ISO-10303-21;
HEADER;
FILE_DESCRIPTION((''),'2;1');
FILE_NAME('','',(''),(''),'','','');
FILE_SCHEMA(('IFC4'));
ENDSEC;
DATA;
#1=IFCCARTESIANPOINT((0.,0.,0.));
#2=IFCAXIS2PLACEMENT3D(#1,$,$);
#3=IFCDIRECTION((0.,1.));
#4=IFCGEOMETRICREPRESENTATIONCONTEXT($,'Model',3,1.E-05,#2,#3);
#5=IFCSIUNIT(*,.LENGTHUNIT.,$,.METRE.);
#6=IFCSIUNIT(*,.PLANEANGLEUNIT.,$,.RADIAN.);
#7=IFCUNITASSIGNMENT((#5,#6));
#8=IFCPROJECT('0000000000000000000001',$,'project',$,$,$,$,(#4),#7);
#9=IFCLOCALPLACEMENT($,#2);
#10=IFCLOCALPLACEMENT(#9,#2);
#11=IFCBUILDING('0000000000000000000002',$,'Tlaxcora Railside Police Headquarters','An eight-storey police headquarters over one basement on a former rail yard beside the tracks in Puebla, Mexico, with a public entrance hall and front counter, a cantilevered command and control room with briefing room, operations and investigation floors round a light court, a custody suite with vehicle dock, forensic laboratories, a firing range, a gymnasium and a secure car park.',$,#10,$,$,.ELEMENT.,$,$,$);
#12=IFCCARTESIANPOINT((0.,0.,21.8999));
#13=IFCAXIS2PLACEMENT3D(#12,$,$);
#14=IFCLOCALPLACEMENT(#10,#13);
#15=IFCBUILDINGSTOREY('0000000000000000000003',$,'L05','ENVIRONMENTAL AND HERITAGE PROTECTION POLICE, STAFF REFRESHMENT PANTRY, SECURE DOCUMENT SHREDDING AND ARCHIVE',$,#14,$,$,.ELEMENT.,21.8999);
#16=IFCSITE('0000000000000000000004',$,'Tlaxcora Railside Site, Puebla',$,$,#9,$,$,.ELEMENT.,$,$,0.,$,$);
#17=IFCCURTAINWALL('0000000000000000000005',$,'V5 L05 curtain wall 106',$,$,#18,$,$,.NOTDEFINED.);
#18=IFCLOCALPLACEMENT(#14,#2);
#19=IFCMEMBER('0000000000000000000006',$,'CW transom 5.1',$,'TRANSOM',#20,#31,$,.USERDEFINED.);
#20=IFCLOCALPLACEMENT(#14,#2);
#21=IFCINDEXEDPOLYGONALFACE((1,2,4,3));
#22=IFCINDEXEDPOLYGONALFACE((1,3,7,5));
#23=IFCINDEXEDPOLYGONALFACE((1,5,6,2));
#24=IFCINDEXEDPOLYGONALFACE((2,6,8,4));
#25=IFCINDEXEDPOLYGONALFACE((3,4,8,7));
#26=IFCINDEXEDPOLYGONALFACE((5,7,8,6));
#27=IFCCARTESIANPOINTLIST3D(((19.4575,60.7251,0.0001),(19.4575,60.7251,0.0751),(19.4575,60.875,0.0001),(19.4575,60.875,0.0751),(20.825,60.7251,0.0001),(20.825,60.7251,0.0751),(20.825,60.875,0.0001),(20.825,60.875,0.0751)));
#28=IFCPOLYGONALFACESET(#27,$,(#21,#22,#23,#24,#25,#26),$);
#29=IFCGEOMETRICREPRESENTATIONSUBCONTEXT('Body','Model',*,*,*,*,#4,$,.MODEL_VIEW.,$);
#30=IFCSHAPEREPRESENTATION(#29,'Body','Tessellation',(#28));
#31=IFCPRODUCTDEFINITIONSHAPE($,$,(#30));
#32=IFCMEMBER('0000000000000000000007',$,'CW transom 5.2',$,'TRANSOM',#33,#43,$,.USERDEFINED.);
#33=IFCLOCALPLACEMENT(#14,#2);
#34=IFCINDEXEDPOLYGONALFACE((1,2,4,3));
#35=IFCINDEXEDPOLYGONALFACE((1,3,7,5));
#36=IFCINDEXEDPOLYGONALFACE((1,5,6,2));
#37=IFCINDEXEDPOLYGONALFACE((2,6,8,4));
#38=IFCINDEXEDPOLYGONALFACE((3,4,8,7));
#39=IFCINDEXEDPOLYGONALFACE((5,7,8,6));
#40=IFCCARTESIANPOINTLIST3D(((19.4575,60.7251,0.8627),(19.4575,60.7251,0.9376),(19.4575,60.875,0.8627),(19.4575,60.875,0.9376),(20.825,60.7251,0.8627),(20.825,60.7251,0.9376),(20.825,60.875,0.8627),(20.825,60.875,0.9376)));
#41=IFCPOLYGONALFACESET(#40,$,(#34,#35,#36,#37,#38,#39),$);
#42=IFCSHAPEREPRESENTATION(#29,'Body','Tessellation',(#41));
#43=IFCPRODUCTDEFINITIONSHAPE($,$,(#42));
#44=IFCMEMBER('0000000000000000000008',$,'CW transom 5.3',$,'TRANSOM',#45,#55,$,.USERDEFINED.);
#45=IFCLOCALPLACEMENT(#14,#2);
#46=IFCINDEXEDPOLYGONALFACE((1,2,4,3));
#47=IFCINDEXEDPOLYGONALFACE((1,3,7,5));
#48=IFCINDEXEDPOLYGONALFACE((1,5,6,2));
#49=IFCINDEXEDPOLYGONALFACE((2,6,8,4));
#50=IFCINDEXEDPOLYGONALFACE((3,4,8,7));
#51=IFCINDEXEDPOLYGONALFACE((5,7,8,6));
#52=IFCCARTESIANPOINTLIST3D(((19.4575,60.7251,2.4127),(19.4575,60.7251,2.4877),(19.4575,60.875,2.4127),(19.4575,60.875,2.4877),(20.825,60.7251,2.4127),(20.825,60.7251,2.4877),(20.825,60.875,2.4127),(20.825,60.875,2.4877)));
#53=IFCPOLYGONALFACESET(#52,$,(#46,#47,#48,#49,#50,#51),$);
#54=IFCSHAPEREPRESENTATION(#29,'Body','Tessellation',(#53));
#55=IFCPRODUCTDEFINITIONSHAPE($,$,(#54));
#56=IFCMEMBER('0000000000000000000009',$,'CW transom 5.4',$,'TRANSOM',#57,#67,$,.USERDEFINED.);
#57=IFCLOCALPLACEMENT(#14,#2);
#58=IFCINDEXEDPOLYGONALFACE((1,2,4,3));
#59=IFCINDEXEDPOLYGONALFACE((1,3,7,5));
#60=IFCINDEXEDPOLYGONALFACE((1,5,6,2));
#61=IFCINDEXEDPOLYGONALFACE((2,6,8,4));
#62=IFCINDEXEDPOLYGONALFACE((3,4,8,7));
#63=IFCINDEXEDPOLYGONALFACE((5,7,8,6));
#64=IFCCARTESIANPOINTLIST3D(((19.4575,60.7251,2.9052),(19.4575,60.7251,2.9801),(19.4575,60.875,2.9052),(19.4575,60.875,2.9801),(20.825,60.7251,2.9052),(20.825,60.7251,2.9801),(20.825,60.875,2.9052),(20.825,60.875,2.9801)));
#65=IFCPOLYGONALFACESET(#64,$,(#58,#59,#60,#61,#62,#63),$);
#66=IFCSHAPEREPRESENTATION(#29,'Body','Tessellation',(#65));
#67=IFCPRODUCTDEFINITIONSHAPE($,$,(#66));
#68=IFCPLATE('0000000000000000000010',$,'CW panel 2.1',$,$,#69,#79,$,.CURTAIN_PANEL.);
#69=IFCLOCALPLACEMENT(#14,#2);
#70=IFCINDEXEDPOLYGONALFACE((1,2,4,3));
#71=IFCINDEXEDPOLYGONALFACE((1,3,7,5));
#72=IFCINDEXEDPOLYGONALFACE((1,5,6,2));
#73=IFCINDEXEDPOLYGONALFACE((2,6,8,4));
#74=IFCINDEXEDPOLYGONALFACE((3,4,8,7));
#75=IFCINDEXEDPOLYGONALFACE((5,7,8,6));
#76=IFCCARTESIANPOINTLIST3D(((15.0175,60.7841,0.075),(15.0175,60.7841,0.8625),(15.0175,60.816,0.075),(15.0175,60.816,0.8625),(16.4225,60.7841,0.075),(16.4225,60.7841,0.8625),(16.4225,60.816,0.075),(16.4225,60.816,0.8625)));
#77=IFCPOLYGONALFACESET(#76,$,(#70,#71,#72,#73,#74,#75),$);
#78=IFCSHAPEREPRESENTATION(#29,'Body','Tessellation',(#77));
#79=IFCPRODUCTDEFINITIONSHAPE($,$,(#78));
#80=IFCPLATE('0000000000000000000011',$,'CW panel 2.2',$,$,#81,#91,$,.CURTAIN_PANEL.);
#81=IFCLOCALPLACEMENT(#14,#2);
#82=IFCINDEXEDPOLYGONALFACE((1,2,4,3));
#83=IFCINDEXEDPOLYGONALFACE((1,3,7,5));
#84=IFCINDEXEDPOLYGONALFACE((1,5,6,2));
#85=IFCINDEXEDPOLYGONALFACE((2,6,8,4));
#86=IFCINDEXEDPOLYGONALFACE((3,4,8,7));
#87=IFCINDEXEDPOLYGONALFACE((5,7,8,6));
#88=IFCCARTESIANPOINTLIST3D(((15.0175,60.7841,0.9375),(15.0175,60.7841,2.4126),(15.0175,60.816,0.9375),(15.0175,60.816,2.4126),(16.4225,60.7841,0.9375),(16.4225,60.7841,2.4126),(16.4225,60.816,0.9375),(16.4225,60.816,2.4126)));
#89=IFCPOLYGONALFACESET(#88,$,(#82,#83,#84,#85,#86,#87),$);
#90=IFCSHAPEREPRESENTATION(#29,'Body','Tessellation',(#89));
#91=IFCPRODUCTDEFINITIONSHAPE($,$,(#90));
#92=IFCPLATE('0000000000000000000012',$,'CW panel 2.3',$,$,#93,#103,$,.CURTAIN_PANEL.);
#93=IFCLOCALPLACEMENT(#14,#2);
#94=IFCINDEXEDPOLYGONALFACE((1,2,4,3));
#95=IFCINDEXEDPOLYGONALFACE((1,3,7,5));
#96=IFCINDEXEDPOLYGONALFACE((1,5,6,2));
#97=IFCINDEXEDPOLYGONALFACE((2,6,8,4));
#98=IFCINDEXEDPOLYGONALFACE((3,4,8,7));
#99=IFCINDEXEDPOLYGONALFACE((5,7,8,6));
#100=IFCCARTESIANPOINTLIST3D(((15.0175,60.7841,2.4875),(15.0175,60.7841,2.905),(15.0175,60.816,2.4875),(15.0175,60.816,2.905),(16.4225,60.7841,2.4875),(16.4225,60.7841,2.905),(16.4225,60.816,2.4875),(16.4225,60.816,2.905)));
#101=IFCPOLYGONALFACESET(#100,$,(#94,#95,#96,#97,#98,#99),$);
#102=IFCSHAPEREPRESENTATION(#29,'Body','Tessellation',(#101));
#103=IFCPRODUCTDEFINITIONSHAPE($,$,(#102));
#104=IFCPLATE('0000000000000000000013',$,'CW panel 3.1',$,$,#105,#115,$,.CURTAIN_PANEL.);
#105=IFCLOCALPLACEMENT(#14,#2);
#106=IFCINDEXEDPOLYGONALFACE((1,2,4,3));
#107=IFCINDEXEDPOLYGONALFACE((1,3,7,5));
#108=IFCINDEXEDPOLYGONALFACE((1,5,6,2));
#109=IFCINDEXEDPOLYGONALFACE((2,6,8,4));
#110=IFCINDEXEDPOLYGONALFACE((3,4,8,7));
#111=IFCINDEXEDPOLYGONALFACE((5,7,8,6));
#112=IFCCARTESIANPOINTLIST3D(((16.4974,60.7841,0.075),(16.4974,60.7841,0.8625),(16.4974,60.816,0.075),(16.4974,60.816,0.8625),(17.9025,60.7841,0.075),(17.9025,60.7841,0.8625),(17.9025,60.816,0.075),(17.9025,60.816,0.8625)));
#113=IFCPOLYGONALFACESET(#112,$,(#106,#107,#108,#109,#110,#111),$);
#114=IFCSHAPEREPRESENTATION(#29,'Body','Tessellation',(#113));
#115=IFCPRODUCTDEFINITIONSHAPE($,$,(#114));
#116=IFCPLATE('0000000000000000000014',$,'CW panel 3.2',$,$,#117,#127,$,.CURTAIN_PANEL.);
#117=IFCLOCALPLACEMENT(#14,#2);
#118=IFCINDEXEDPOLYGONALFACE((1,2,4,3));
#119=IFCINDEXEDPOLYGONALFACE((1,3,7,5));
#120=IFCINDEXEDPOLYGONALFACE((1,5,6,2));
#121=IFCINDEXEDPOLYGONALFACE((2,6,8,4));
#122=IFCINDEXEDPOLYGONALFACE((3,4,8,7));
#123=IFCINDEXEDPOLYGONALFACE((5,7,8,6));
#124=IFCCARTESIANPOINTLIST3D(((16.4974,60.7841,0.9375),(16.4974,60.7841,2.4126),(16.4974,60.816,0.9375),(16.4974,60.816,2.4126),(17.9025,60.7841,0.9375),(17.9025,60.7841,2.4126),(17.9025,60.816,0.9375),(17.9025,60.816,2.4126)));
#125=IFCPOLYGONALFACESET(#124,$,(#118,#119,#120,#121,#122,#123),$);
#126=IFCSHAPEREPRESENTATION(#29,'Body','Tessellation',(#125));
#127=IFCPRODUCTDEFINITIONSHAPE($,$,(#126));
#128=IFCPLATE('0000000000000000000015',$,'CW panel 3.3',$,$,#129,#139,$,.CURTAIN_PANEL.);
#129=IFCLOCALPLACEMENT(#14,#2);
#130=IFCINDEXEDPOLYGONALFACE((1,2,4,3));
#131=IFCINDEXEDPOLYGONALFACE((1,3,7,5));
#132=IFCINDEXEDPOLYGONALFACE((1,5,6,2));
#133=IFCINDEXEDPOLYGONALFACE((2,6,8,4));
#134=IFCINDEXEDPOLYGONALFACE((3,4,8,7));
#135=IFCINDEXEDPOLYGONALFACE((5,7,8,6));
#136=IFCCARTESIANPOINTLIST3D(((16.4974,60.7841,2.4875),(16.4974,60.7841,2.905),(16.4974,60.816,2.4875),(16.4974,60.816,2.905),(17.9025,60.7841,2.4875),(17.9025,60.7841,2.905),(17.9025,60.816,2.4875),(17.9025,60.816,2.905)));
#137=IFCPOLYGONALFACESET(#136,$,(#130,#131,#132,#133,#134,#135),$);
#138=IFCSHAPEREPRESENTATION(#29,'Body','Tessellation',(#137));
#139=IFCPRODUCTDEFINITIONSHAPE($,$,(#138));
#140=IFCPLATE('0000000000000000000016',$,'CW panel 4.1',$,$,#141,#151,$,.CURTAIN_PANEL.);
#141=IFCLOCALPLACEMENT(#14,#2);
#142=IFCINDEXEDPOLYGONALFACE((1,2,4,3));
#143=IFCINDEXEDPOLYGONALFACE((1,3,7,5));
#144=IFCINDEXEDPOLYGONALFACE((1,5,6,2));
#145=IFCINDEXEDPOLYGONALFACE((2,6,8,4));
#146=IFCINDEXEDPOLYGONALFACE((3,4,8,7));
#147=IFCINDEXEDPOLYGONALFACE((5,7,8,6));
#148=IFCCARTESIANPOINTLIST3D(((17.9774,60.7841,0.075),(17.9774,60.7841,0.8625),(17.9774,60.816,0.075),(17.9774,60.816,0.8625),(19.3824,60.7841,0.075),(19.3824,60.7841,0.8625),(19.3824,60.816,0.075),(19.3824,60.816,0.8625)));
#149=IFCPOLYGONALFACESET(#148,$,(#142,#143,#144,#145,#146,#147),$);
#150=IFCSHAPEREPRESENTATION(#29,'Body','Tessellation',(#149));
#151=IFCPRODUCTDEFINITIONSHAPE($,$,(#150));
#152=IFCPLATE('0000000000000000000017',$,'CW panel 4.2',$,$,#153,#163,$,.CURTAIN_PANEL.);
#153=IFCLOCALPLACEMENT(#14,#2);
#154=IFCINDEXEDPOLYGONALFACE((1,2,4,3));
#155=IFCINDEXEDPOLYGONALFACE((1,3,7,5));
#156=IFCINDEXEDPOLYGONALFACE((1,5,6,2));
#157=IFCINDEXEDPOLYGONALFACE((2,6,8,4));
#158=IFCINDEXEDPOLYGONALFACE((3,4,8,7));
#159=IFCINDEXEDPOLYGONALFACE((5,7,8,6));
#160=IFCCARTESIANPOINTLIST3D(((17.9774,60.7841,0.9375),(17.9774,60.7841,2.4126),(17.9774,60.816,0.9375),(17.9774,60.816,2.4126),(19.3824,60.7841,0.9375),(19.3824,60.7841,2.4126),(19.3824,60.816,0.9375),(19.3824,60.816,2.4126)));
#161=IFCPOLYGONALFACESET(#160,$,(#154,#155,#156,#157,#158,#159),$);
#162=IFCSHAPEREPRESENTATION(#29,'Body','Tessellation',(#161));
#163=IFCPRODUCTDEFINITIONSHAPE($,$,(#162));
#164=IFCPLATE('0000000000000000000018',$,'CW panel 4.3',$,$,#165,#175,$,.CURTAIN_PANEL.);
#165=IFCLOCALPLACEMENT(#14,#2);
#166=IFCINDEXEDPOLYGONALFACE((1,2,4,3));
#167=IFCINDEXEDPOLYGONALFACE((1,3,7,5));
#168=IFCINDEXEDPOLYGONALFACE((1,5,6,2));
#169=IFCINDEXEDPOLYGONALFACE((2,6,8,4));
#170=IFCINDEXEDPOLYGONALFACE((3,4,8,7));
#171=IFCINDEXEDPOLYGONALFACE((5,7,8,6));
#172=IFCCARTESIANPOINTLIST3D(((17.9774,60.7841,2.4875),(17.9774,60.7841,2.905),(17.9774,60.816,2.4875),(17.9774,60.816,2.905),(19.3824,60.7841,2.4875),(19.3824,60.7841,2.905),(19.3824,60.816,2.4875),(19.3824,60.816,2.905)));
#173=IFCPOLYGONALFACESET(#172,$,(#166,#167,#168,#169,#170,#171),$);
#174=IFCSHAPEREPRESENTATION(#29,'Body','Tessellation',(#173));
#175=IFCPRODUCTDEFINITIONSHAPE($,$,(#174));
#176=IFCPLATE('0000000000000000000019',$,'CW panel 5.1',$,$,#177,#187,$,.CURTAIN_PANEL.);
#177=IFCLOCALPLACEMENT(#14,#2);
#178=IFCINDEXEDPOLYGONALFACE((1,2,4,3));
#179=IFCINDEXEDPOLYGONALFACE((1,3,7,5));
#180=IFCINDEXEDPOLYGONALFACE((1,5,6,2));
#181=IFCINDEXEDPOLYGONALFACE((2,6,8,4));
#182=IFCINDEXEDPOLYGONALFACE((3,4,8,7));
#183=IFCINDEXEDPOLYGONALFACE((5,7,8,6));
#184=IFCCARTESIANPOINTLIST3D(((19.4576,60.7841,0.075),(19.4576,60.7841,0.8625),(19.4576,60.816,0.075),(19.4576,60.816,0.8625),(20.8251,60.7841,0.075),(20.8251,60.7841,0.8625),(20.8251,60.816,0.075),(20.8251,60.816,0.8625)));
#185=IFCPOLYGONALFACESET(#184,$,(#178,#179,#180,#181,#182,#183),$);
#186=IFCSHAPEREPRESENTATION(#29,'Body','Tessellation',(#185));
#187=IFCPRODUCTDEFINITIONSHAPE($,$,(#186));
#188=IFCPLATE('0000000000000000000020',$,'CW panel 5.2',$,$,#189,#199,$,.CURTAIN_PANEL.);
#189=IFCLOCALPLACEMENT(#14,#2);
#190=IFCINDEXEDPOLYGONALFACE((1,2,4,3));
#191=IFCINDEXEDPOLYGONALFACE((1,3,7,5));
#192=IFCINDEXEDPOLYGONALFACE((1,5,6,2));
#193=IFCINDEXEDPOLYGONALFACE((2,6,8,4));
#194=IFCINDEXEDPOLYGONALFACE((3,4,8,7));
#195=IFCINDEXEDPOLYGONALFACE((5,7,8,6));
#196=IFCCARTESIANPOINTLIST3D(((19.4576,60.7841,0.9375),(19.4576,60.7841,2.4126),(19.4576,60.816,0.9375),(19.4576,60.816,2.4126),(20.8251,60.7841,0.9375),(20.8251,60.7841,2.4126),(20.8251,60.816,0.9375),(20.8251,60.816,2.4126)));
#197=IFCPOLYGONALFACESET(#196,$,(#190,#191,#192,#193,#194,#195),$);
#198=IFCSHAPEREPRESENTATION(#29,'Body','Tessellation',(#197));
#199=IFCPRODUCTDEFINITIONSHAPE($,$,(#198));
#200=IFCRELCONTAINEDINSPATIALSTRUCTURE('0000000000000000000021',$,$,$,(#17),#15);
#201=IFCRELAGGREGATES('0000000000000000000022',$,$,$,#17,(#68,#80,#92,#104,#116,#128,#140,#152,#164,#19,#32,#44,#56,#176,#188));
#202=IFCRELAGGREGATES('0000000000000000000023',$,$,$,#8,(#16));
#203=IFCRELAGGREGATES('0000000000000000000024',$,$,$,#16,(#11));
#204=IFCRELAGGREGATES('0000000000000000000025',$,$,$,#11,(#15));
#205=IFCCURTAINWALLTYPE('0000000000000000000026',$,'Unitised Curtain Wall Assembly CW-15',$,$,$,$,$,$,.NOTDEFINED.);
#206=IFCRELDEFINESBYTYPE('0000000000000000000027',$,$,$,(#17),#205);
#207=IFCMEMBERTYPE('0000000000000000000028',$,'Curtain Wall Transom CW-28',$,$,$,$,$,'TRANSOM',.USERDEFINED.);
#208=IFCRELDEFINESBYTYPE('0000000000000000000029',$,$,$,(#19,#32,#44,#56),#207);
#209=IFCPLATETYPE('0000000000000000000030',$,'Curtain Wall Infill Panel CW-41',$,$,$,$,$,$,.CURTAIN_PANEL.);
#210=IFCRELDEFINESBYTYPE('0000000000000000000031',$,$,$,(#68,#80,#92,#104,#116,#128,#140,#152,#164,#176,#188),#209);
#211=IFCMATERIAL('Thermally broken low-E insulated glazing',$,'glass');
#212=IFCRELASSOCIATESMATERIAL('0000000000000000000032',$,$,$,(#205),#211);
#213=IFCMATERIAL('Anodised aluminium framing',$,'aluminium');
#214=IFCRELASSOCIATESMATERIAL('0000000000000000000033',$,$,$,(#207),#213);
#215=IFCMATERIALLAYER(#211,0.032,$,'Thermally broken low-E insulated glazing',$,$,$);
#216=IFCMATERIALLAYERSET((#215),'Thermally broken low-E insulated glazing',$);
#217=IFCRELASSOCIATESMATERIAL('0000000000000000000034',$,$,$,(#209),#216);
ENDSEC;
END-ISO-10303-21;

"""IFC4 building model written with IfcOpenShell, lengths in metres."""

from ifc_helpers import new_model, si_unit, direction, frame, origin, origin_2d, place, context, subcontext, project, spatial, rectangle, extrude, material, layer, layer_set, material_profile, profile_set, type_object, element, aggregate, save


model = new_model("IFC4")

# Units and contexts
model_context = context("Model", 3, precision=1e-05, world=origin(), true_north=direction((0.0, 1.0)))
body_context = subcontext(model_context, "Body", "Model", "MODEL_VIEW")
ifc_project = project(units=[si_unit("LENGTHUNIT", "METRE"), si_unit("PLANEANGLEUNIT", "RADIAN")], contexts=[model_context])

# Site, building, storey
site_placement = place(None, origin())
site = spatial("IfcSite", under=ifc_project, at=site_placement, Name="Tlaxcora Railside Site, Puebla", CompositionType="ELEMENT", RefElevation=0.0)
building_placement = place(site_placement, origin())
building = spatial("IfcBuilding", under=site, at=building_placement, Name="Tlaxcora Railside Police Headquarters", Description="An eight-storey police headquarters over one basement on a former rail yard beside the tracks in Puebla, Mexico, with a public entrance hall and front counter, a cantilevered command and control room with briefing room, operations and investigation floors round a light court, a custody suite with vehicle dock, forensic laboratories, a firing range, a gymnasium and a secure car park.", CompositionType="ELEMENT")
storey_placement = place(building_placement, frame((0.0, 0.0, 21.8999)))
storey = spatial("IfcBuildingStorey", under=building, at=storey_placement, Name="L05", Description="ENVIRONMENTAL AND HERITAGE PROTECTION POLICE, STAFF REFRESHMENT PANTRY, SECURE DOCUMENT SHREDDING AND ARCHIVE", CompositionType="ELEMENT", Elevation=21.8999)

# Curtain wall, members, plates
ifc_material_1 = material(Name="Thermally broken low-E insulated glazing", Category="glass")
curtain_wall_type = type_object("IfcCurtainWallType", Name="Unitised Curtain Wall Assembly CW-15", PredefinedType="NOTDEFINED", material=ifc_material_1)
curtain_wall_placement = place(storey_placement, origin())
curtain_wall = element("IfcCurtainWall", 1, at=curtain_wall_placement, inside=storey, type_object=curtain_wall_type, Name="V5 L05 curtain wall 106", PredefinedType="NOTDEFINED")
ifc_material_2 = material(Name="Anodised aluminium framing", Category="aluminium")
ifc_material_profile_1 = material_profile(ifc_material_2, rectangle(XDim=0.1499, YDim=0.075, at=origin_2d()), Name="AL75X150")
ifc_profile_set_1 = profile_set([ifc_material_profile_1], Name="Anodised aluminium framing")
member_type_1 = type_object("IfcMemberType", Name="Curtain Wall Transom CW-28", ElementType="TRANSOM", PredefinedType="USERDEFINED", material=ifc_profile_set_1)
member_1_placement = place(storey_placement, frame((19.4575, 60.8, 0.0376), z_axis=(1.0, 0.0, 0.0), x_axis=(0.0, 1.0, 0.0)))
member_1 = element("IfcMember", 2, at=member_1_placement, type_object=member_type_1, Name="CW transom 5.1", ObjectType="TRANSOM", PredefinedType="USERDEFINED", context=body_context, shape_type="SweptSolid", body=[
    extrude(rectangle(XDim=0.1499, YDim=0.075, at=origin_2d()), origin(), (0.0, 0.0, 1.0), 1.3674),
])
member_2_placement = place(storey_placement, frame((19.4575, 60.8, 0.9001), z_axis=(1.0, 0.0, 0.0), x_axis=(0.0, 1.0, 0.0)))
member_2 = element("IfcMember", 3, at=member_2_placement, type_object=member_type_1, Name="CW transom 5.2", ObjectType="TRANSOM", PredefinedType="USERDEFINED", context=body_context, shape_type="SweptSolid", body=[
    extrude(rectangle(XDim=0.1499, YDim=0.075, at=origin_2d()), origin(), (0.0, 0.0, 1.0), 1.3674),
])
member_3_placement = place(storey_placement, frame((19.4575, 60.8, 2.4502), z_axis=(1.0, 0.0, 0.0), x_axis=(0.0, 1.0, 0.0)))
member_3 = element("IfcMember", 4, at=member_3_placement, type_object=member_type_1, Name="CW transom 5.3", ObjectType="TRANSOM", PredefinedType="USERDEFINED", context=body_context, shape_type="SweptSolid", body=[
    extrude(rectangle(XDim=0.1499, YDim=0.075, at=origin_2d()), origin(), (0.0, 0.0, 1.0), 1.3674),
])
member_4_placement = place(storey_placement, frame((19.4575, 60.8, 2.9426), z_axis=(1.0, 0.0, 0.0), x_axis=(0.0, 1.0, 0.0)))
member_4 = element("IfcMember", 5, at=member_4_placement, type_object=member_type_1, Name="CW transom 5.4", ObjectType="TRANSOM", PredefinedType="USERDEFINED", context=body_context, shape_type="SweptSolid", body=[
    extrude(rectangle(XDim=0.1499, YDim=0.075, at=origin_2d()), origin(), (0.0, 0.0, 1.0), 1.3674),
])
ifc_layer = layer(ifc_material_1, 0.032, Name="Thermally broken low-E insulated glazing")
ifc_layer_set = layer_set([ifc_layer], Name="Thermally broken low-E insulated glazing")
plate_type = type_object("IfcPlateType", Name="Curtain Wall Infill Panel CW-41", PredefinedType="CURTAIN_PANEL", material=ifc_layer_set)
plate_1_placement = place(storey_placement, frame((15.72, 60.8, 0.075), z_axis=(0.0, 0.0, 1.0), x_axis=(1.0, 0.0, 0.0)))
plate_1 = element("IfcPlate", 6, at=plate_1_placement, type_object=plate_type, Name="CW panel 2.1", PredefinedType="CURTAIN_PANEL", context=body_context, shape_type="SweptSolid", body=[
    extrude(rectangle(XDim=1.405, YDim=0.032, at=origin_2d()), origin(), (0.0, 0.0, 1.0), 0.7876),
])
plate_2_placement = place(storey_placement, frame((15.72, 60.8, 0.9375), z_axis=(0.0, 0.0, 1.0), x_axis=(1.0, 0.0, 0.0)))
plate_2 = element("IfcPlate", 7, at=plate_2_placement, type_object=plate_type, Name="CW panel 2.2", PredefinedType="CURTAIN_PANEL", context=body_context, shape_type="SweptSolid", body=[
    extrude(rectangle(XDim=1.405, YDim=0.032, at=origin_2d()), origin(), (0.0, 0.0, 1.0), 1.4751),
])
plate_3_placement = place(storey_placement, frame((15.72, 60.8, 2.4875), z_axis=(0.0, 0.0, 1.0), x_axis=(1.0, 0.0, 0.0)))
plate_3 = element("IfcPlate", 8, at=plate_3_placement, type_object=plate_type, Name="CW panel 2.3", PredefinedType="CURTAIN_PANEL", context=body_context, shape_type="SweptSolid", body=[
    extrude(rectangle(XDim=1.405, YDim=0.032, at=origin_2d()), origin(), (0.0, 0.0, 1.0), 0.4175),
])
plate_4_placement = place(storey_placement, frame((17.2, 60.8, 0.075), z_axis=(0.0, 0.0, 1.0), x_axis=(1.0, 0.0, 0.0)))
plate_4 = element("IfcPlate", 9, at=plate_4_placement, type_object=plate_type, Name="CW panel 3.1", PredefinedType="CURTAIN_PANEL", context=body_context, shape_type="SweptSolid", body=[
    extrude(rectangle(XDim=1.405, YDim=0.032, at=origin_2d()), origin(), (0.0, 0.0, 1.0), 0.7876),
])
plate_5_placement = place(storey_placement, frame((17.2, 60.8, 0.9375), z_axis=(0.0, 0.0, 1.0), x_axis=(1.0, 0.0, 0.0)))
plate_5 = element("IfcPlate", 10, at=plate_5_placement, type_object=plate_type, Name="CW panel 3.2", PredefinedType="CURTAIN_PANEL", context=body_context, shape_type="SweptSolid", body=[
    extrude(rectangle(XDim=1.405, YDim=0.032, at=origin_2d()), origin(), (0.0, 0.0, 1.0), 1.4751),
])
plate_6_placement = place(storey_placement, frame((17.2, 60.8, 2.4875), z_axis=(0.0, 0.0, 1.0), x_axis=(1.0, 0.0, 0.0)))
plate_6 = element("IfcPlate", 11, at=plate_6_placement, type_object=plate_type, Name="CW panel 3.3", PredefinedType="CURTAIN_PANEL", context=body_context, shape_type="SweptSolid", body=[
    extrude(rectangle(XDim=1.405, YDim=0.032, at=origin_2d()), origin(), (0.0, 0.0, 1.0), 0.4175),
])
plate_7_placement = place(storey_placement, frame((18.6799, 60.8, 0.075), z_axis=(0.0, 0.0, 1.0), x_axis=(1.0, 0.0, 0.0)))
plate_7 = element("IfcPlate", 12, at=plate_7_placement, type_object=plate_type, Name="CW panel 4.1", PredefinedType="CURTAIN_PANEL", context=body_context, shape_type="SweptSolid", body=[
    extrude(rectangle(XDim=1.405, YDim=0.032, at=origin_2d()), origin(), (0.0, 0.0, 1.0), 0.7876),
])
plate_8_placement = place(storey_placement, frame((18.6799, 60.8, 0.9375), z_axis=(0.0, 0.0, 1.0), x_axis=(1.0, 0.0, 0.0)))
plate_8 = element("IfcPlate", 13, at=plate_8_placement, type_object=plate_type, Name="CW panel 4.2", PredefinedType="CURTAIN_PANEL", context=body_context, shape_type="SweptSolid", body=[
    extrude(rectangle(XDim=1.405, YDim=0.032, at=origin_2d()), origin(), (0.0, 0.0, 1.0), 1.4751),
])
plate_9_placement = place(storey_placement, frame((18.6799, 60.8, 2.4875), z_axis=(0.0, 0.0, 1.0), x_axis=(1.0, 0.0, 0.0)))
plate_9 = element("IfcPlate", 14, at=plate_9_placement, type_object=plate_type, Name="CW panel 4.3", PredefinedType="CURTAIN_PANEL", context=body_context, shape_type="SweptSolid", body=[
    extrude(rectangle(XDim=1.405, YDim=0.032, at=origin_2d()), origin(), (0.0, 0.0, 1.0), 0.4175),
])
plate_10_placement = place(storey_placement, frame((20.1414, 60.8, 0.075), z_axis=(0.0, 0.0, 1.0), x_axis=(1.0, 0.0, 0.0)))
plate_10 = element("IfcPlate", 15, at=plate_10_placement, type_object=plate_type, Name="CW panel 5.1", PredefinedType="CURTAIN_PANEL", context=body_context, shape_type="SweptSolid", body=[
    extrude(rectangle(XDim=1.3674, YDim=0.032, at=origin_2d()), origin(), (0.0, 0.0, 1.0), 0.7876),
])
plate_11_placement = place(storey_placement, frame((20.1414, 60.8, 0.9375), z_axis=(0.0, 0.0, 1.0), x_axis=(1.0, 0.0, 0.0)))
plate_11 = element("IfcPlate", 16, at=plate_11_placement, type_object=plate_type, Name="CW panel 5.2", PredefinedType="CURTAIN_PANEL", context=body_context, shape_type="SweptSolid", body=[
    extrude(rectangle(XDim=1.3674, YDim=0.032, at=origin_2d()), origin(), (0.0, 0.0, 1.0), 1.4751),
])
aggregate(curtain_wall, [plate_1, plate_2, plate_3, plate_4, plate_5, plate_6, plate_7, plate_8, plate_9, member_1, member_2, member_3, member_4, plate_10, plate_11])

save(model, "model.ifc")
